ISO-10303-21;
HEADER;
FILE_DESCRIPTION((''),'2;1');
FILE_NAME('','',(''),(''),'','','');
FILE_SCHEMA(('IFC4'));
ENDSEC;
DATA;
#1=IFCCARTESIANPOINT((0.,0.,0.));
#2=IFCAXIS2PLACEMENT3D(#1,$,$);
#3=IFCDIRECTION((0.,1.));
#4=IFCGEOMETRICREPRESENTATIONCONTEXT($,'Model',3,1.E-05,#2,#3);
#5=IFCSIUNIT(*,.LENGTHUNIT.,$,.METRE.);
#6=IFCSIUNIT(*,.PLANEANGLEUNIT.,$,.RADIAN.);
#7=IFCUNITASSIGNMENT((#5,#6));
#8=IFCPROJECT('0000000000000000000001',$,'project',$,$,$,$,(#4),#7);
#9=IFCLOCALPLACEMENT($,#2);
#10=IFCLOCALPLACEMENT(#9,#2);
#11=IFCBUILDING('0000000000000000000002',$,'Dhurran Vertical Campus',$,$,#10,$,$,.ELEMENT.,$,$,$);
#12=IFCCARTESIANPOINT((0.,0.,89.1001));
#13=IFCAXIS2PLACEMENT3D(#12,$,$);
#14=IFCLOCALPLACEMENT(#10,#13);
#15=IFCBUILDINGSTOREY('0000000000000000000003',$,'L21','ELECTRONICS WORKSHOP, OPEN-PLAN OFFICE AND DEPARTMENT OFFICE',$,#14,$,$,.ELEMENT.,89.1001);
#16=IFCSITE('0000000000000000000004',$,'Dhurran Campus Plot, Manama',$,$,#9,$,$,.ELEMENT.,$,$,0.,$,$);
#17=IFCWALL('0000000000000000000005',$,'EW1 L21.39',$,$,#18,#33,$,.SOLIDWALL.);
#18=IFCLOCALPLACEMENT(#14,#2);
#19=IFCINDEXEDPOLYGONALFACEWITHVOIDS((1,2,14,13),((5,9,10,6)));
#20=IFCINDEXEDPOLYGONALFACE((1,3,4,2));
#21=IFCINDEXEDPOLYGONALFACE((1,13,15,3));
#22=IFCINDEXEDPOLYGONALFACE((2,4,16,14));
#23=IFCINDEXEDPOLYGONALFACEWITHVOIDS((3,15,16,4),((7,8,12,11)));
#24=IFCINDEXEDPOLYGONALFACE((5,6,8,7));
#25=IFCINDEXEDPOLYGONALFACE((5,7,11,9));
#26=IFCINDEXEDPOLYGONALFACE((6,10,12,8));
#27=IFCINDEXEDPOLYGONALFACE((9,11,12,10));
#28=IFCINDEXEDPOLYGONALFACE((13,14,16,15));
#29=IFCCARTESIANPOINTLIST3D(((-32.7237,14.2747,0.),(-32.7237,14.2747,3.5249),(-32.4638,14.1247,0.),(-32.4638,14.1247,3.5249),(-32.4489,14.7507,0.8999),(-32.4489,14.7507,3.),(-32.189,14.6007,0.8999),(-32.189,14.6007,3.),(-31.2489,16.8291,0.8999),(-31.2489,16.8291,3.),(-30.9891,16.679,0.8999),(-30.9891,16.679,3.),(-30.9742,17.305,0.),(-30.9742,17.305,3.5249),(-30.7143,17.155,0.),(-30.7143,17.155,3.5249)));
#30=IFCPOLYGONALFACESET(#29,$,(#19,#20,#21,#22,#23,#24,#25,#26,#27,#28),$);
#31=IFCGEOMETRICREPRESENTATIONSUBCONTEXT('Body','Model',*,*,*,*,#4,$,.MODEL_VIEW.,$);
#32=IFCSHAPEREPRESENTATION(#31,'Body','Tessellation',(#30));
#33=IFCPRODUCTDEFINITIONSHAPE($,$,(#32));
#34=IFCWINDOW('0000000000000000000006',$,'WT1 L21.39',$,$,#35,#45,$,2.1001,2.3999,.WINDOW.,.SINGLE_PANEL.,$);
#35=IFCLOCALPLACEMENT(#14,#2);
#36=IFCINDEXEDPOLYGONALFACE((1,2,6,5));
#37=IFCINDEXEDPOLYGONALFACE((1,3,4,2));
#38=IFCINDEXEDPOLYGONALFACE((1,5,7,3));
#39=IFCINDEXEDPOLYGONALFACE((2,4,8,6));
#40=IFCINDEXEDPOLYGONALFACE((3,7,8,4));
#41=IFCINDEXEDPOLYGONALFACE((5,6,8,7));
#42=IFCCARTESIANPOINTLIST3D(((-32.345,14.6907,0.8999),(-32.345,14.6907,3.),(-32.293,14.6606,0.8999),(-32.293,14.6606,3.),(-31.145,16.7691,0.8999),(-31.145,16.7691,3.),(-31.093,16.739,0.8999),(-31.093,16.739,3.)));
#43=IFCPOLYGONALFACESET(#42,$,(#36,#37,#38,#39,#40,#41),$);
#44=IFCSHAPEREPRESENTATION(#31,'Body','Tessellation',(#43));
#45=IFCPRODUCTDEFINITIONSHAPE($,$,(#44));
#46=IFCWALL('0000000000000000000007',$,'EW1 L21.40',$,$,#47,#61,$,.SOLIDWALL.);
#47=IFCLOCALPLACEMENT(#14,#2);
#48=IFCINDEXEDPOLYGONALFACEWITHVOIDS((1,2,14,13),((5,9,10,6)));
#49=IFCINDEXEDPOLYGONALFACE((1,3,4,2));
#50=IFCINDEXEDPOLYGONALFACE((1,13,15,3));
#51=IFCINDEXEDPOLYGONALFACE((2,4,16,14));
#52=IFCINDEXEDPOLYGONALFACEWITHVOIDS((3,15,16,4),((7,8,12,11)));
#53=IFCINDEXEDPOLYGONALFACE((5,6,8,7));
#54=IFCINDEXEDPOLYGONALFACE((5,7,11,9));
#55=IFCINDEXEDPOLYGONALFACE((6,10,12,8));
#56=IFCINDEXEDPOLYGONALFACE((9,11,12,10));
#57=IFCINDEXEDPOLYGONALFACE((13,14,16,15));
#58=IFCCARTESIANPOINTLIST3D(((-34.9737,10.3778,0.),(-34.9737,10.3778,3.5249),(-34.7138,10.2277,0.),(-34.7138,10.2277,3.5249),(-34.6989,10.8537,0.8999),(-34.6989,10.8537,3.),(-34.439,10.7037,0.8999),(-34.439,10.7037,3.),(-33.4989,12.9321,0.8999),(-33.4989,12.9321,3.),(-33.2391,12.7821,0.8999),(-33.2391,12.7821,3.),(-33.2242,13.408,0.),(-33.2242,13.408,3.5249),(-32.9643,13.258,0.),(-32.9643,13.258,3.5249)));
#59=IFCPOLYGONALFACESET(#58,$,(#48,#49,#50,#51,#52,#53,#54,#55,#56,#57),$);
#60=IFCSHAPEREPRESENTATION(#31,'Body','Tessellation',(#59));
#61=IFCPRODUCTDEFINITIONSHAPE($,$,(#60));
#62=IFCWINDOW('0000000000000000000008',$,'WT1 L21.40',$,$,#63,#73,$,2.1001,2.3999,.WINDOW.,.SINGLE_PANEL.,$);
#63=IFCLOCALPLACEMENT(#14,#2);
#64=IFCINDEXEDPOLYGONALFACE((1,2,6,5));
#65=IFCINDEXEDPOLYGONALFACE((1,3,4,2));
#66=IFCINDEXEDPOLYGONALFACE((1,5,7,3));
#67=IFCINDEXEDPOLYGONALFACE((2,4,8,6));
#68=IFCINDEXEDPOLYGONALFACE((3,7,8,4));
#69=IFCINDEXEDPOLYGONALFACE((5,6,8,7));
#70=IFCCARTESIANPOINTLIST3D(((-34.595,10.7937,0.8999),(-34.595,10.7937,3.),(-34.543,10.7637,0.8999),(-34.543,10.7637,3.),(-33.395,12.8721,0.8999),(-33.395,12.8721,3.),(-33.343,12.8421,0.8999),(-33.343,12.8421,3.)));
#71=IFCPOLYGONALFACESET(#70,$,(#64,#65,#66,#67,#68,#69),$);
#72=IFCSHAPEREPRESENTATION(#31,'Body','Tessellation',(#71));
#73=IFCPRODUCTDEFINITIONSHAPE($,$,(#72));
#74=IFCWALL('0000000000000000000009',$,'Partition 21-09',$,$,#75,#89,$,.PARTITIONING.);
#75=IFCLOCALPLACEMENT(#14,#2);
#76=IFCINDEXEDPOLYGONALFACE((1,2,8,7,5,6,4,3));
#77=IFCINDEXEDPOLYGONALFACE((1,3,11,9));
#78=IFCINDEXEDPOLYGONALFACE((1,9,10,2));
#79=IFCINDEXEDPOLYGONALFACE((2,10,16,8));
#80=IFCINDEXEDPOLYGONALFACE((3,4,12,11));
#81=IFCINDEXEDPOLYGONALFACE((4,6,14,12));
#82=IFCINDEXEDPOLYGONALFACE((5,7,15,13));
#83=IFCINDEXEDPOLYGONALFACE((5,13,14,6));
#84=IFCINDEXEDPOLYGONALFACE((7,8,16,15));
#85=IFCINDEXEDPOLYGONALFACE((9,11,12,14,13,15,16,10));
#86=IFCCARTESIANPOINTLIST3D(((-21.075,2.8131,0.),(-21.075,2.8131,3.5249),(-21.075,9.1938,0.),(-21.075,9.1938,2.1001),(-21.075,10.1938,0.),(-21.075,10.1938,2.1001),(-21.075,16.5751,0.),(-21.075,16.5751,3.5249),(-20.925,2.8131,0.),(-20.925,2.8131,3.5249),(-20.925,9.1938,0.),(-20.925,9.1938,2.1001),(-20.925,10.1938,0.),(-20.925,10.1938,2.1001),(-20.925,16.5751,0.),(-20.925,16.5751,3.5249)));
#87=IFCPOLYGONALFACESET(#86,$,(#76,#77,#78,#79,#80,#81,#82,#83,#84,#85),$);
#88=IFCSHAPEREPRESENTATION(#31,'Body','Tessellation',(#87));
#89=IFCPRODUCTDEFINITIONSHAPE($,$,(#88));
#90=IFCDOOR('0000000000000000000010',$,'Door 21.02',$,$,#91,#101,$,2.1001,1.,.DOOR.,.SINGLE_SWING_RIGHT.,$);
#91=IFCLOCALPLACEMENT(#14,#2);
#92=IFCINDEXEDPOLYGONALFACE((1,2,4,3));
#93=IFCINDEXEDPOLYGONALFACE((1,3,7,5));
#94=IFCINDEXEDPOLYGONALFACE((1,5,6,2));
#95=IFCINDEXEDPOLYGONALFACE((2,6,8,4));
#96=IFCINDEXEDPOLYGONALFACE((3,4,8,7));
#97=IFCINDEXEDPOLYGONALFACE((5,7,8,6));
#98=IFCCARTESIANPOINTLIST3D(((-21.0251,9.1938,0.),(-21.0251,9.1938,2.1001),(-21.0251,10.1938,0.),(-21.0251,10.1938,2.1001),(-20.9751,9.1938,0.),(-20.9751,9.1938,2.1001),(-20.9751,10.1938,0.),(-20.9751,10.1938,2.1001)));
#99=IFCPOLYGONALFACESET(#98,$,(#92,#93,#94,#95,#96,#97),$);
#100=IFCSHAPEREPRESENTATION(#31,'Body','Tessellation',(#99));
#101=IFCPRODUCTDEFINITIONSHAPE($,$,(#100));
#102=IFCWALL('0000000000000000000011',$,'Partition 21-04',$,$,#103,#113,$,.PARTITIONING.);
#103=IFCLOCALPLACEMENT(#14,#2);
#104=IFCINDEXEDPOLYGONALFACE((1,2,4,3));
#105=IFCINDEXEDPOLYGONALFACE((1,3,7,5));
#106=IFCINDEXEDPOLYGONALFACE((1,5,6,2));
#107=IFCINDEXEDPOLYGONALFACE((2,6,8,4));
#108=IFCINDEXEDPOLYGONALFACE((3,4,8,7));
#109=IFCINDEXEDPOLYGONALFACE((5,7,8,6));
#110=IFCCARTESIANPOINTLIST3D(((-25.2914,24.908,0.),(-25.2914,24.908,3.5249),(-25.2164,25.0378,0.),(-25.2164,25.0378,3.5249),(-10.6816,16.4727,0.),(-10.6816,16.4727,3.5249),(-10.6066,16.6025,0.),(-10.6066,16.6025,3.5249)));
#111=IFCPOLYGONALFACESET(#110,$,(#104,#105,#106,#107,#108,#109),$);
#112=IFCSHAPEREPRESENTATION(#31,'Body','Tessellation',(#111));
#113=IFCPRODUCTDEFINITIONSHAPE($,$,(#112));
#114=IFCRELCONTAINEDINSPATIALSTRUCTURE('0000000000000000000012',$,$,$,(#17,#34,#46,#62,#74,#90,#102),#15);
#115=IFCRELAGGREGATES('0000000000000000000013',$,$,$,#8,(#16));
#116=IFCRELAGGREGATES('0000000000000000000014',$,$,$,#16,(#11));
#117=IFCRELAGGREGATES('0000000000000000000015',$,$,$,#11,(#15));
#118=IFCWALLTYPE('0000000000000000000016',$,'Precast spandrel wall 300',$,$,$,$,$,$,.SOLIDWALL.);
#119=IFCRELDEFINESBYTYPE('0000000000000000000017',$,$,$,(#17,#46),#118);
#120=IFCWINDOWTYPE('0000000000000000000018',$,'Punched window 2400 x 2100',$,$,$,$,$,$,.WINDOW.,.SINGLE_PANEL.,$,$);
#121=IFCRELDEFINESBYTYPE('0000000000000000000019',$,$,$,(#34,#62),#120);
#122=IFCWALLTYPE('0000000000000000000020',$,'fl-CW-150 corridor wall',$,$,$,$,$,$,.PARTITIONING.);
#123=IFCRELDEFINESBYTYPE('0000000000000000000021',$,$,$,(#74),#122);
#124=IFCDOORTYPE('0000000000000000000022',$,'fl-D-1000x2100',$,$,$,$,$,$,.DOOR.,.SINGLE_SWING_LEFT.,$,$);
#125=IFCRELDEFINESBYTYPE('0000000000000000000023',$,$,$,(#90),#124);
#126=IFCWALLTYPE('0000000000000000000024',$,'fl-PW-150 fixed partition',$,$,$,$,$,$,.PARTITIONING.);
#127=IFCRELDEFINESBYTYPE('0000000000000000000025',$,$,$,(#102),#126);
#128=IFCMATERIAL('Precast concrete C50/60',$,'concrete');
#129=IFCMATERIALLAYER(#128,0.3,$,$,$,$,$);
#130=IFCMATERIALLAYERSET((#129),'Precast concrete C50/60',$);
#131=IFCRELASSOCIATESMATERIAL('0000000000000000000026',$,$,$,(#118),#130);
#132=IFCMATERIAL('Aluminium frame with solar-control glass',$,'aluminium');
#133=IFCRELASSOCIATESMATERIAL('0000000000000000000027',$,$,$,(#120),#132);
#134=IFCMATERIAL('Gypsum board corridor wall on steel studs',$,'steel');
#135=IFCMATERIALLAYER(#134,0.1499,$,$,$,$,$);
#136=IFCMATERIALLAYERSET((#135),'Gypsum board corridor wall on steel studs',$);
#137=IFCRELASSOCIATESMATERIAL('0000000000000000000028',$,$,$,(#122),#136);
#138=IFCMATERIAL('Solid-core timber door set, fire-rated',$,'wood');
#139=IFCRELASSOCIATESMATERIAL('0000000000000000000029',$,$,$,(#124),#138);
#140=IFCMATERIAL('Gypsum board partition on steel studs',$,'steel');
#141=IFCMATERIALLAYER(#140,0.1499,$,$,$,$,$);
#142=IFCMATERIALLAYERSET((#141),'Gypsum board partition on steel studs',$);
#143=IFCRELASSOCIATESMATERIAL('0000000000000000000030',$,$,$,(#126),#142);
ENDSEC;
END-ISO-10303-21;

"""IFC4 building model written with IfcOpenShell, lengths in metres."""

from ifc_helpers import new_model, si_unit, direction, frame, frame_2d, origin, place, context, subcontext, project, spatial, rectangle, extrude, material, layer, layer_set, type_object, element, fill, save


model = new_model("IFC4")

# Units and contexts
model_context = context("Model", 3, precision=1e-05, world=origin(), true_north=direction((0.0, 1.0)))
body_context = subcontext(model_context, "Body", "Model", "MODEL_VIEW")
ifc_project = project(units=[si_unit("LENGTHUNIT", "METRE"), si_unit("PLANEANGLEUNIT", "RADIAN")], contexts=[model_context])

# Site, building, storey
site_placement = place(None, origin())
site = spatial("IfcSite", under=ifc_project, at=site_placement, Name="Dhurran Campus Plot, Manama", CompositionType="ELEMENT", RefElevation=0.0)
building_placement = place(site_placement, origin())
building = spatial("IfcBuilding", under=site, at=building_placement, Name="Dhurran Vertical Campus", CompositionType="ELEMENT")
storey_placement = place(building_placement, frame((0.0, 0.0, 89.1001)))
storey = spatial("IfcBuildingStorey", under=building, at=storey_placement, Name="L21", Description="ELECTRONICS WORKSHOP, OPEN-PLAN OFFICE AND DEPARTMENT OFFICE", CompositionType="ELEMENT", Elevation=89.1001)

# Walls, openings, windows
ifc_material_1 = material(Name="Precast concrete C50/60", Category="concrete")
ifc_layer_1 = layer(ifc_material_1, 0.3)
ifc_layer_set_1 = layer_set([ifc_layer_1], Name="Precast concrete C50/60")
wall_type_1 = type_object("IfcWallType", Name="Precast spandrel wall 300", PredefinedType="SOLIDWALL", material=ifc_layer_set_1)
ifc_material_2 = material(Name="Aluminium frame with solar-control glass", Category="aluminium")
window_type = type_object("IfcWindowType", Name="Punched window 2400 x 2100", PartitioningType="SINGLE_PANEL", PredefinedType="WINDOW", material=ifc_material_2)
wall_1_placement = place(storey_placement, frame((-30.8442, 17.23, 0.0), z_axis=(0.0, 0.0, 1.0), x_axis=(-0.499996, -0.866028, 0.0)))
wall_1 = element("IfcWall", 1, at=wall_1_placement, inside=storey, type_object=wall_type_1, Name="EW1 L21.39", PredefinedType="SOLIDWALL", context=body_context, shape_type="SweptSolid", body=[
    extrude(rectangle(XDim=3.499, YDim=0.3, at=frame_2d((1.7495, 0.0))), origin(), (0.0, 0.0, 1.0), 3.5249),
])
opening_1_placement = place(wall_1_placement, frame((0.5496, 0.0, 0.8999)))
opening_1 = element("IfcOpeningElement", 2, at=opening_1_placement, cuts=wall_1, PredefinedType="OPENING", context=body_context, shape_type="SweptSolid", body=[
    extrude(rectangle(XDim=2.3999, YDim=2.1001, at=frame_2d((1.2, 1.05))), frame((0.0, 0.1599, 0.0), z_axis=(0.0, -1.0, 0.0), x_axis=(1.0, 0.0, 0.0)), (0.0, 0.0, 1.0), 0.3201),
])
window_1_placement = place(opening_1_placement, origin())
window_1 = element("IfcWindow", 3, at=window_1_placement, inside=storey, type_object=window_type, Name="WT1 L21.39", OverallHeight=2.1001, OverallWidth=2.3999, PartitioningType="SINGLE_PANEL", PredefinedType="WINDOW", context=body_context, shape_type="SweptSolid", body=[
    extrude(rectangle(XDim=2.3999, YDim=2.1001, at=frame_2d((1.2, 1.05))), frame((0.0, 0.03, 0.0), z_axis=(0.0, -1.0, 0.0), x_axis=(1.0, 0.0, 0.0)), (0.0, 0.0, 1.0), 0.0601),
])
fill(opening_1, window_1)
wall_2_placement = place(storey_placement, frame((-33.0942, 13.333, 0.0), z_axis=(0.0, 0.0, 1.0), x_axis=(-0.499996, -0.866028, 0.0)))
wall_2 = element("IfcWall", 4, at=wall_2_placement, inside=storey, type_object=wall_type_1, Name="EW1 L21.40", PredefinedType="SOLIDWALL", context=body_context, shape_type="SweptSolid", body=[
    extrude(rectangle(XDim=3.499, YDim=0.3, at=frame_2d((1.7495, 0.0))), origin(), (0.0, 0.0, 1.0), 3.5249),
])
opening_2_placement = place(wall_2_placement, frame((0.5496, 0.0, 0.8999)))
opening_2 = element("IfcOpeningElement", 5, at=opening_2_placement, cuts=wall_2, PredefinedType="OPENING", context=body_context, shape_type="SweptSolid", body=[
    extrude(rectangle(XDim=2.3999, YDim=2.1001, at=frame_2d((1.2, 1.05))), frame((0.0, 0.1599, 0.0), z_axis=(0.0, -1.0, 0.0), x_axis=(1.0, 0.0, 0.0)), (0.0, 0.0, 1.0), 0.3201),
])
window_2_placement = place(opening_2_placement, origin())
window_2 = element("IfcWindow", 6, at=window_2_placement, inside=storey, type_object=window_type, Name="WT1 L21.40", OverallHeight=2.1001, OverallWidth=2.3999, PartitioningType="SINGLE_PANEL", PredefinedType="WINDOW", context=body_context, shape_type="SweptSolid", body=[
    extrude(rectangle(XDim=2.3999, YDim=2.1001, at=frame_2d((1.2, 1.05))), frame((0.0, 0.03, 0.0), z_axis=(0.0, -1.0, 0.0), x_axis=(1.0, 0.0, 0.0)), (0.0, 0.0, 1.0), 0.0601),
])
fill(opening_2, window_2)

# Wall, opening, door
ifc_material_3 = material(Name="Gypsum board corridor wall on steel studs", Category="steel")
ifc_layer_2 = layer(ifc_material_3, 0.1499)
ifc_layer_set_2 = layer_set([ifc_layer_2], Name="Gypsum board corridor wall on steel studs")
wall_type_2 = type_object("IfcWallType", Name="fl-CW-150 corridor wall", PredefinedType="PARTITIONING", material=ifc_layer_set_2)
wall_3_placement = place(storey_placement, frame((-21.0, 16.575, 0.0), z_axis=(0.0, 0.0, 1.0), x_axis=(0.0, -1.0, 0.0)))
wall_3 = element("IfcWall", 7, at=wall_3_placement, inside=storey, type_object=wall_type_2, Name="Partition 21-09", PredefinedType="PARTITIONING", context=body_context, shape_type="SweptSolid", body=[
    extrude(rectangle(XDim=13.762, YDim=0.1499, at=frame_2d((6.8809, 0.0))), origin(), (0.0, 0.0, 1.0), 3.5249),
])
opening_3_placement = place(wall_3_placement, frame((6.3811, 0.0, 0.0)))
opening_3 = element("IfcOpeningElement", 8, at=opening_3_placement, cuts=wall_3, PredefinedType="OPENING", context=body_context, shape_type="SweptSolid", body=[
    extrude(rectangle(XDim=1.0, YDim=2.1001, at=frame_2d((0.5, 1.05))), frame((0.0, 0.085, 0.0), z_axis=(0.0, -1.0, 0.0), x_axis=(1.0, 0.0, 0.0)), (0.0, 0.0, 1.0), 0.1699),
])
ifc_material_4 = material(Name="Solid-core timber door set, fire-rated", Category="wood")
door_type = type_object("IfcDoorType", Name="fl-D-1000x2100", OperationType="SINGLE_SWING_LEFT", PredefinedType="DOOR", material=ifc_material_4)
door_placement = place(opening_3_placement, origin())
door = element("IfcDoor", 9, at=door_placement, inside=storey, type_object=door_type, Name="Door 21.02", OperationType="SINGLE_SWING_RIGHT", OverallHeight=2.1001, OverallWidth=1.0, PredefinedType="DOOR", context=body_context, shape_type="SweptSolid", body=[
    extrude(rectangle(XDim=1.0, YDim=2.1001, at=frame_2d((0.5, 1.05))), frame((0.0, 0.0249, 0.0), z_axis=(0.0, -1.0, 0.0), x_axis=(1.0, 0.0, 0.0)), (0.0, 0.0, 1.0), 0.05),
])
fill(opening_3, door)

# Wall
ifc_material_5 = material(Name="Gypsum board partition on steel studs", Category="steel")
ifc_layer_3 = layer(ifc_material_5, 0.1499)
ifc_layer_set_3 = layer_set([ifc_layer_3], Name="Gypsum board partition on steel studs")
wall_type_3 = type_object("IfcWallType", Name="fl-PW-150 fixed partition", PredefinedType="PARTITIONING", material=ifc_layer_set_3)
wall_4_placement = place(storey_placement, frame((-25.2539, 24.9729, 0.0), z_axis=(0.0, 0.0, 1.0), x_axis=(0.866018, -0.500013, 0.0)))
element("IfcWall", 10, at=wall_4_placement, inside=storey, type_object=wall_type_3, Name="Partition 21-04", PredefinedType="PARTITIONING", context=body_context, shape_type="SweptSolid", body=[
    extrude(rectangle(XDim=16.8701, YDim=0.1499, at=frame_2d((8.4351, 0.0))), origin(), (0.0, 0.0, 1.0), 3.5249),
])

save(model, "model.ifc")
